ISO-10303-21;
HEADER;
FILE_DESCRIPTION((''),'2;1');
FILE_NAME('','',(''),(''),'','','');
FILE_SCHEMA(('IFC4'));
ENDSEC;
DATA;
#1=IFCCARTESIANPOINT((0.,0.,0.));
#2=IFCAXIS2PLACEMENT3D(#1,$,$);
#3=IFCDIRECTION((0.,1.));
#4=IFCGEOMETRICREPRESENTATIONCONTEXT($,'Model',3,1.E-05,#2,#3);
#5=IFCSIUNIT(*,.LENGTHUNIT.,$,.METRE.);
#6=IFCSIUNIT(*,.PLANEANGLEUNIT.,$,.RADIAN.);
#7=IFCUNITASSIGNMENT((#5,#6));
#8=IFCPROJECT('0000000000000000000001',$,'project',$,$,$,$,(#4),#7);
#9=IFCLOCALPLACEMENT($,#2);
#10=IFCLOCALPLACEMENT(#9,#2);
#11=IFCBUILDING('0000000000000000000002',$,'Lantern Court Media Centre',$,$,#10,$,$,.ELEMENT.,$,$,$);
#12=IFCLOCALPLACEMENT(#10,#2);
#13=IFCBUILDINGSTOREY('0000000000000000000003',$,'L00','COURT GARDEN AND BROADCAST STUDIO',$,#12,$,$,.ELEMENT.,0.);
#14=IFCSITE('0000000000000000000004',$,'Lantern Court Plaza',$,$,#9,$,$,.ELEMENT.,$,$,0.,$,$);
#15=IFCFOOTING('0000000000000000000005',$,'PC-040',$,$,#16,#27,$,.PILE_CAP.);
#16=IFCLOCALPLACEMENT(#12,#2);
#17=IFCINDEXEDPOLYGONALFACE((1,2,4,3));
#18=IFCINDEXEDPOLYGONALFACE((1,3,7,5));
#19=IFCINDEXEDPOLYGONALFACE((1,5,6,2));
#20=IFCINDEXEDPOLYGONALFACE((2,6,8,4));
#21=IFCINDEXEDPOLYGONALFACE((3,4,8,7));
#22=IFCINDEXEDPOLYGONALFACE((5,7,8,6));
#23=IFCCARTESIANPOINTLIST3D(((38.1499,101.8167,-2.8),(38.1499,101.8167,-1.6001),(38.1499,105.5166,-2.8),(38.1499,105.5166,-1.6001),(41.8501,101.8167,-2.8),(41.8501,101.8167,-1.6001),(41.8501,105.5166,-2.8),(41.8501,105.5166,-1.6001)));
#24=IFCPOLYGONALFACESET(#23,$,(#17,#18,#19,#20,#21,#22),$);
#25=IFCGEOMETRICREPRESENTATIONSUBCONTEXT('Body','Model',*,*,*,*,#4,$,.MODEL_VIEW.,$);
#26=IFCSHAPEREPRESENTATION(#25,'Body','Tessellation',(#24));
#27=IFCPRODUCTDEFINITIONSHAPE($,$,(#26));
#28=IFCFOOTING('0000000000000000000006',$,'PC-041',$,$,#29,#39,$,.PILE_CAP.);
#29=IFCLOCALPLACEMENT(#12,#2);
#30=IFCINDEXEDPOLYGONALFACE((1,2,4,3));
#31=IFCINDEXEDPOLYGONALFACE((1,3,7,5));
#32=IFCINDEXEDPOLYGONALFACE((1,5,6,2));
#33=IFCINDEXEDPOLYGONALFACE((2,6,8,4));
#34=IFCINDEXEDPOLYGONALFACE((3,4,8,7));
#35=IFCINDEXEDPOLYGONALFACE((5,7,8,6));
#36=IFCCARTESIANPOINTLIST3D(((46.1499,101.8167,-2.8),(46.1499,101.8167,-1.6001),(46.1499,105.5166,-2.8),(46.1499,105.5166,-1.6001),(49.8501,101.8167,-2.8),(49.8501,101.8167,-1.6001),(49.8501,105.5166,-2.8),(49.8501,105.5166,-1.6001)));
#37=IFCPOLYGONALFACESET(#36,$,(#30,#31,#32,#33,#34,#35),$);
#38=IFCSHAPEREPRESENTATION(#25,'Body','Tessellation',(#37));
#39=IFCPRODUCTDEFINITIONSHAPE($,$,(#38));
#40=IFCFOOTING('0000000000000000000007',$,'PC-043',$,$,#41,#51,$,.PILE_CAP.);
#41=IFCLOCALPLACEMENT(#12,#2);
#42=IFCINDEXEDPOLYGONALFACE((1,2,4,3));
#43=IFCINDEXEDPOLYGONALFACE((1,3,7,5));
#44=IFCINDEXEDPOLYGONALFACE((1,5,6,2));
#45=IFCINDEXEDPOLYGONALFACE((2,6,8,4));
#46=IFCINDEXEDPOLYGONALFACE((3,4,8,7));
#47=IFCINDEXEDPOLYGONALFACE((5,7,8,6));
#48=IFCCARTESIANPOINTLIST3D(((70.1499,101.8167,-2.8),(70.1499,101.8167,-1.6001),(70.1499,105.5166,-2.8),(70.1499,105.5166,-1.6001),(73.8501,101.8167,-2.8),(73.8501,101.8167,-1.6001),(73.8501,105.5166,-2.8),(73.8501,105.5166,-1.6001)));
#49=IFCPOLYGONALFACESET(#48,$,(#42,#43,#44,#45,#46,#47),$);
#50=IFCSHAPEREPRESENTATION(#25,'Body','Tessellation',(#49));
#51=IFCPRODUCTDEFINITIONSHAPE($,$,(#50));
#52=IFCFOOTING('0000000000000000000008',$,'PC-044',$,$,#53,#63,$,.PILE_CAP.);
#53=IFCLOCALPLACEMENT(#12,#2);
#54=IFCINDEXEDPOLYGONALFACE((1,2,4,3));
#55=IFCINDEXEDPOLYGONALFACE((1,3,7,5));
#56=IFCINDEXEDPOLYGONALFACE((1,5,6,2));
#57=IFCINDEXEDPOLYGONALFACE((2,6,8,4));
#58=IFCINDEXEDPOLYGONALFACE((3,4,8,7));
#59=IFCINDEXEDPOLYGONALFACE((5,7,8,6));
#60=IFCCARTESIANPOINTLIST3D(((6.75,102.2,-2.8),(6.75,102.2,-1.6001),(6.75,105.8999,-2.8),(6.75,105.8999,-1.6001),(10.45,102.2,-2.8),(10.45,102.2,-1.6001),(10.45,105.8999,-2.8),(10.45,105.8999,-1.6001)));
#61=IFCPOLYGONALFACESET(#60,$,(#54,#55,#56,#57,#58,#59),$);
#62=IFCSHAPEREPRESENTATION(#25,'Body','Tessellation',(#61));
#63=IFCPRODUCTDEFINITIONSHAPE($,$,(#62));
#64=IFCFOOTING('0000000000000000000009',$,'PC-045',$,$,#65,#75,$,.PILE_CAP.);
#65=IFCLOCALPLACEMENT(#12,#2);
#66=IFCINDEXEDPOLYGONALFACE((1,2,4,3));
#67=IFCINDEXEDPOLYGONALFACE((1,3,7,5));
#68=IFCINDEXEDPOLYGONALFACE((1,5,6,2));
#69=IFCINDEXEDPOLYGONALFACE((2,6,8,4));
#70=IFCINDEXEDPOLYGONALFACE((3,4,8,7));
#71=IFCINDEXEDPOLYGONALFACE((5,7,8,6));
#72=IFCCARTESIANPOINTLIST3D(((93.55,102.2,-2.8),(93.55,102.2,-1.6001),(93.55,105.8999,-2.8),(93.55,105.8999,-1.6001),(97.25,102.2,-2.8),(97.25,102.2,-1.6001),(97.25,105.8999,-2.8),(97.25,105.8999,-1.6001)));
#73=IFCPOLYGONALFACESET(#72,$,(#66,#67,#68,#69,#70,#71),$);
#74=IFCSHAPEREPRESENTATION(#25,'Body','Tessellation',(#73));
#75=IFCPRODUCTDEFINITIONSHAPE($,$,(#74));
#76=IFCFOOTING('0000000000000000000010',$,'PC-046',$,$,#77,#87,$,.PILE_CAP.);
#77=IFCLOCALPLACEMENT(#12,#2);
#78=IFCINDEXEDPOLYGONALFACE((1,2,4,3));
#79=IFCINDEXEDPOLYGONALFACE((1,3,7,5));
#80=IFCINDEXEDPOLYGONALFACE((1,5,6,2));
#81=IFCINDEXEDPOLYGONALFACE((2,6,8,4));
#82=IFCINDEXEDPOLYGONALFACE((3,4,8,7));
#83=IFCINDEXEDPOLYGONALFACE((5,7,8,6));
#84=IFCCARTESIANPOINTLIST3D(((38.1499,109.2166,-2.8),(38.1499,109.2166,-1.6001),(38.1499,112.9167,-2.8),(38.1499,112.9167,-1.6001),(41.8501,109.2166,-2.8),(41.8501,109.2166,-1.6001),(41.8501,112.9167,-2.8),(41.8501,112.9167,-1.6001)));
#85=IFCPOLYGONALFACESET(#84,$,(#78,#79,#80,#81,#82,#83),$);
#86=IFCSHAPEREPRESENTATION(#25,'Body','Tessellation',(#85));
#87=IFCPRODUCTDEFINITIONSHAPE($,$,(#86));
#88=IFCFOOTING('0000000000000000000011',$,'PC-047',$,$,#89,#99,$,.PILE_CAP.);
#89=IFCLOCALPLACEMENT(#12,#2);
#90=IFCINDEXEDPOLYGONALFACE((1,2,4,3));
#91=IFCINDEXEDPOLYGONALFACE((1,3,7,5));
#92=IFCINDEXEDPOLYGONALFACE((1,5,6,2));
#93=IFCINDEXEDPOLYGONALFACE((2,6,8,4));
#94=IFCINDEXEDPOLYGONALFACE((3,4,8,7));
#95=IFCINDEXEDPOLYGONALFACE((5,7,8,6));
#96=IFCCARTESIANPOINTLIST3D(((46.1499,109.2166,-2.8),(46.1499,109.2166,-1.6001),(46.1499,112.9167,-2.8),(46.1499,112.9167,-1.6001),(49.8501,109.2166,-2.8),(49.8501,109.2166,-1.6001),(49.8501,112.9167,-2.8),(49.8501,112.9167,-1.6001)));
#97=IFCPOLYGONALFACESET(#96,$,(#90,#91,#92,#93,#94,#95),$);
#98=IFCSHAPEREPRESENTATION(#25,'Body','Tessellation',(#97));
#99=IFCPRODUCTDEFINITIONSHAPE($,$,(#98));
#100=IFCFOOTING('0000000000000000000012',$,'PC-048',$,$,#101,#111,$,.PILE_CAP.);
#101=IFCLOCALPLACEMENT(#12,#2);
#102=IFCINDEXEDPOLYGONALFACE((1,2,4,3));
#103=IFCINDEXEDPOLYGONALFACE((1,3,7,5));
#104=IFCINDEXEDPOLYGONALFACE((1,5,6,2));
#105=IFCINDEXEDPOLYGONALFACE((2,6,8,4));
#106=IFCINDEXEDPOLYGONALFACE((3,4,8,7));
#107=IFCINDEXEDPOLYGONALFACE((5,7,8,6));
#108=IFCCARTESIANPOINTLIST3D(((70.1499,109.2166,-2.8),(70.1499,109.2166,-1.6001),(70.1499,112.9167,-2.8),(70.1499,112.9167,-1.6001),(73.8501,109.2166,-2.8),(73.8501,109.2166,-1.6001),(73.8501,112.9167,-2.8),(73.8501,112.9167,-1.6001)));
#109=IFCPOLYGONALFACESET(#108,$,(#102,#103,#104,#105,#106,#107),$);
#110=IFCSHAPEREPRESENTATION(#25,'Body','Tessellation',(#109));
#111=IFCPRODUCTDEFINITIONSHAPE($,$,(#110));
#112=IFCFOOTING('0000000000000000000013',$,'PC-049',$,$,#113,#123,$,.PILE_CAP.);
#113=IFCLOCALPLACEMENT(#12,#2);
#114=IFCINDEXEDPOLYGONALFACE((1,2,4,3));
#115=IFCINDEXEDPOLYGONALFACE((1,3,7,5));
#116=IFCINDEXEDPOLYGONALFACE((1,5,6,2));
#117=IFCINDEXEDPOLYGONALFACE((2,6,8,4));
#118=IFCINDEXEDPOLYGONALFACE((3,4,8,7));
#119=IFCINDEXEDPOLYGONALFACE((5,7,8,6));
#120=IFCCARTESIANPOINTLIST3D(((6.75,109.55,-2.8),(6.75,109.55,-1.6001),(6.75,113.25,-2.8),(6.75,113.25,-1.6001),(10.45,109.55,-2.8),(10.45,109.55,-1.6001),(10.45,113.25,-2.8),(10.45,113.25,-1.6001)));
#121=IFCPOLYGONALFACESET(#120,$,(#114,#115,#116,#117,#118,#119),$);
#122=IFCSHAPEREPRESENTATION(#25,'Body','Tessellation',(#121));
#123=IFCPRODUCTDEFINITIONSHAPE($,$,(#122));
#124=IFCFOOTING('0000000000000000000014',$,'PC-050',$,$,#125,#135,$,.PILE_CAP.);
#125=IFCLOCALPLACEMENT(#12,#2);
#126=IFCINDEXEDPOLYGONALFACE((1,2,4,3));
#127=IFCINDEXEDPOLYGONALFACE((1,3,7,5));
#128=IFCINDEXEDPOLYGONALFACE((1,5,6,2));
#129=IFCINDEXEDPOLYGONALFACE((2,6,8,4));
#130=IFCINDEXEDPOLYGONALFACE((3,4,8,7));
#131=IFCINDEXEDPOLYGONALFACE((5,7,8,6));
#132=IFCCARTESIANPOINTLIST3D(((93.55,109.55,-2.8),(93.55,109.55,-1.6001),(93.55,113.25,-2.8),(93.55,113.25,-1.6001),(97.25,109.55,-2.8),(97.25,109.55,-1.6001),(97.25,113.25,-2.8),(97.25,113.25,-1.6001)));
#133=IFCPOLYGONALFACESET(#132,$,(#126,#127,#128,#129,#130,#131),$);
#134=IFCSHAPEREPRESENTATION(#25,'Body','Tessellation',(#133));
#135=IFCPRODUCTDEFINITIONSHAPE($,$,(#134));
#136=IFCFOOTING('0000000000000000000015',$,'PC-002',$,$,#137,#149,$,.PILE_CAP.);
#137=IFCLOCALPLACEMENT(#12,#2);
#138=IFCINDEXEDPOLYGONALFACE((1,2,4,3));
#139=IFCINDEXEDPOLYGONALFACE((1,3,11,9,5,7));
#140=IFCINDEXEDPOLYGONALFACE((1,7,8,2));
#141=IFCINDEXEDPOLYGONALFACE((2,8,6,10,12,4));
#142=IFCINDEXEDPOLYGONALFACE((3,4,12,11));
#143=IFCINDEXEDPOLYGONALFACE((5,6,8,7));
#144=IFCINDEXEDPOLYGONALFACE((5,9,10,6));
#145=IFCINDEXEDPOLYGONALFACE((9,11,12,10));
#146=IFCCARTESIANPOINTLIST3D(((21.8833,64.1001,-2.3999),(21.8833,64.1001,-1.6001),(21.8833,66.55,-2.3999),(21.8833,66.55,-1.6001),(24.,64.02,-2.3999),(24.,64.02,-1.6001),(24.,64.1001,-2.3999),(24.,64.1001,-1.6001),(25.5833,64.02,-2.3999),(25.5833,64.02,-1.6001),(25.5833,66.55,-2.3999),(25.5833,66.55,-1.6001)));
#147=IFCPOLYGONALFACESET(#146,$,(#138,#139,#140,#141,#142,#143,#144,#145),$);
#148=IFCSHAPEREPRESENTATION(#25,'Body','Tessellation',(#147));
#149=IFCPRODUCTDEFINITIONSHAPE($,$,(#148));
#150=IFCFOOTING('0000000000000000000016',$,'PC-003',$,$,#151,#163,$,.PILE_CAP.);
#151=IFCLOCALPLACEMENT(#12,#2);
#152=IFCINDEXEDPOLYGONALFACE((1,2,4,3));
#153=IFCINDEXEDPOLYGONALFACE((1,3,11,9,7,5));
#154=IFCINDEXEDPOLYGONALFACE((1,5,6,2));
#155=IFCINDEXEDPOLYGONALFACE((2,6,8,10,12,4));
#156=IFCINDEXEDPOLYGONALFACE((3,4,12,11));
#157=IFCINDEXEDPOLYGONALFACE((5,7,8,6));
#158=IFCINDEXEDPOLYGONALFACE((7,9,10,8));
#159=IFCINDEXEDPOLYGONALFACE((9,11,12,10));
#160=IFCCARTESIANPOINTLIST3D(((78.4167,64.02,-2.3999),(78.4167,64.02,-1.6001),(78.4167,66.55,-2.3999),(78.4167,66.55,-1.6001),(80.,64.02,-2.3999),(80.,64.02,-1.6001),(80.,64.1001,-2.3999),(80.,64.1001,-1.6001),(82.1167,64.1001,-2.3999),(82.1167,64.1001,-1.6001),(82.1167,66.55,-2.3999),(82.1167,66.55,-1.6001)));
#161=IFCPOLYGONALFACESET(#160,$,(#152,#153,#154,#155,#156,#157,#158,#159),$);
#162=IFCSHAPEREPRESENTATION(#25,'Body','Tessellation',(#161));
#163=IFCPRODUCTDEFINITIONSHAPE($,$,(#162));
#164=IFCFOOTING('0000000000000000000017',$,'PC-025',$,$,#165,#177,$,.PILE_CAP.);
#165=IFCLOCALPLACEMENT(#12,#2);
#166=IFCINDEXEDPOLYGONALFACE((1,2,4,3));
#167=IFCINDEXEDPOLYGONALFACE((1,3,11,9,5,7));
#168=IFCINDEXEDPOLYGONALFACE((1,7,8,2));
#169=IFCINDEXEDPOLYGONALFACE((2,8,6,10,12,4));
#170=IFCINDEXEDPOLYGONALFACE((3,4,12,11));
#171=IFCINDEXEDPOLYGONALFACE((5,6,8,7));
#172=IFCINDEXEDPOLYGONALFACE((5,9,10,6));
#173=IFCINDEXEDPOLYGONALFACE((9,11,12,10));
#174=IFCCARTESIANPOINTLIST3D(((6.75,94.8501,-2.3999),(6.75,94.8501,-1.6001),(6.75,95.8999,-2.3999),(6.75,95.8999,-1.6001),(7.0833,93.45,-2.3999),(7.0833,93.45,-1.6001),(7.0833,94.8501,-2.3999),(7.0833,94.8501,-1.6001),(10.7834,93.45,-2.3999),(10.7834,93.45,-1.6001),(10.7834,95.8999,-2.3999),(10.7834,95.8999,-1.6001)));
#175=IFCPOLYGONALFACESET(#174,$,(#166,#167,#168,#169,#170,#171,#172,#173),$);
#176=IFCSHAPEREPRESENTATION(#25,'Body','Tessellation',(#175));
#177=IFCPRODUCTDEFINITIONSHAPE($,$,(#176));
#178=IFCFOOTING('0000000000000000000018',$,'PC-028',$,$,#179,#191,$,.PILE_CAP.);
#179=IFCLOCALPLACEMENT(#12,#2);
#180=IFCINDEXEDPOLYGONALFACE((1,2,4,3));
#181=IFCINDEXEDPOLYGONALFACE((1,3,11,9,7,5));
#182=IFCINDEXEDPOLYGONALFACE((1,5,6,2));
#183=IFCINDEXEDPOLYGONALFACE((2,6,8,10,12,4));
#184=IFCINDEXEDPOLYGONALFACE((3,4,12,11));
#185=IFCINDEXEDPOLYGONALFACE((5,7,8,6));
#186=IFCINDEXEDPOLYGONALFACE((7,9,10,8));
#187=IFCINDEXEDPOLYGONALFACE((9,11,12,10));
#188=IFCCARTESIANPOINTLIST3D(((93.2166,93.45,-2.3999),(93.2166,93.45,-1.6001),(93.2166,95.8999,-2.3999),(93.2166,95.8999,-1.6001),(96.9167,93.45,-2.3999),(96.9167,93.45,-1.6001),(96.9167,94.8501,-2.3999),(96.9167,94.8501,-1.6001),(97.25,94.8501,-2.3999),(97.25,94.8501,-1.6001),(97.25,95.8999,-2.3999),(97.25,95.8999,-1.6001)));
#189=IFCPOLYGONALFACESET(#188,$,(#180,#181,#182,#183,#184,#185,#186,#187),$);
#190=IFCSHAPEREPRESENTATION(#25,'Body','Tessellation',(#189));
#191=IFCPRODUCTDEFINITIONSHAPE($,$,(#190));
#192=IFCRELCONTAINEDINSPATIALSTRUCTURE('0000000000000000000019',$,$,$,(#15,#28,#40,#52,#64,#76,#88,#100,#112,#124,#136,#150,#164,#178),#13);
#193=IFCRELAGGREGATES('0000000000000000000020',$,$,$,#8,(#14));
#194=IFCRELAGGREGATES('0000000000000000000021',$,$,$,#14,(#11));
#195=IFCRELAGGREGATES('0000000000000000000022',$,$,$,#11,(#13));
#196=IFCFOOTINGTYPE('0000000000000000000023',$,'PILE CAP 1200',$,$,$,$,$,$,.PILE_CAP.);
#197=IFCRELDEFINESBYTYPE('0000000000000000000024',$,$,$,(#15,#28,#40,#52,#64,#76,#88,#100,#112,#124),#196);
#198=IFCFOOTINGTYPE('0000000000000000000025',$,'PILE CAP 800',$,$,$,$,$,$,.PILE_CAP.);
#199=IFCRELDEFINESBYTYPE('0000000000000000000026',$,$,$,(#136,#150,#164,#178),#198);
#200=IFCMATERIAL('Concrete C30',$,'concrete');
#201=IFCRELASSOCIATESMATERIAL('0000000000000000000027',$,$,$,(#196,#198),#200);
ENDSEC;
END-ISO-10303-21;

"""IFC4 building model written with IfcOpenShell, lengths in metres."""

from ifc_helpers import new_model, si_unit, direction, frame, origin, place, context, subcontext, project, spatial, polyline, outline, extrude, material, type_object, element, save


model = new_model("IFC4")

# Units and contexts
model_context = context("Model", 3, precision=1e-05, world=origin(), true_north=direction((0.0, 1.0)))
body_context = subcontext(model_context, "Body", "Model", "MODEL_VIEW")
ifc_project = project(units=[si_unit("LENGTHUNIT", "METRE"), si_unit("PLANEANGLEUNIT", "RADIAN")], contexts=[model_context])

# Site, building, storey
site_placement = place(None, origin())
site = spatial("IfcSite", under=ifc_project, at=site_placement, Name="Lantern Court Plaza", CompositionType="ELEMENT", RefElevation=0.0)
building_placement = place(site_placement, origin())
building = spatial("IfcBuilding", under=site, at=building_placement, Name="Lantern Court Media Centre", CompositionType="ELEMENT")
storey_placement = place(building_placement, origin())
storey = spatial("IfcBuildingStorey", under=building, at=storey_placement, Name="L00", Description="COURT GARDEN AND BROADCAST STUDIO", CompositionType="ELEMENT", Elevation=0.0)

# Footings
ifc_material = material(Name="Concrete C30", Category="concrete")
footing_type_1 = type_object("IfcFootingType", Name="PILE CAP 1200", PredefinedType="PILE_CAP", material=ifc_material)
footing_1_placement = place(storey_placement, frame((0.0, 0.0, -2.8)))
element("IfcFooting", 1, at=footing_1_placement, inside=storey, type_object=footing_type_1, Name="PC-040", PredefinedType="PILE_CAP", context=body_context, shape_type="SweptSolid", body=[
    extrude(outline(polyline([(41.8501, 101.8167), (38.1499, 101.8167), (38.1499, 105.5166), (41.8501, 105.5166), (41.8501, 101.8167)])), origin(), (0.0, 0.0, 1.0), 1.2),
])
footing_2_placement = place(storey_placement, frame((0.0, 0.0, -2.8)))
element("IfcFooting", 2, at=footing_2_placement, inside=storey, type_object=footing_type_1, Name="PC-041", PredefinedType="PILE_CAP", context=body_context, shape_type="SweptSolid", body=[
    extrude(outline(polyline([(46.1499, 101.8167), (46.1499, 105.5166), (49.8501, 105.5166), (49.8501, 101.8167), (46.1499, 101.8167)])), origin(), (0.0, 0.0, 1.0), 1.2),
])
footing_3_placement = place(storey_placement, frame((0.0, 0.0, -2.8)))
element("IfcFooting", 3, at=footing_3_placement, inside=storey, type_object=footing_type_1, Name="PC-043", PredefinedType="PILE_CAP", context=body_context, shape_type="SweptSolid", body=[
    extrude(outline(polyline([(73.8501, 101.8167), (70.1499, 101.8167), (70.1499, 105.5166), (73.8501, 105.5166), (73.8501, 101.8167)])), origin(), (0.0, 0.0, 1.0), 1.2),
])
footing_4_placement = place(storey_placement, frame((0.0, 0.0, -2.8)))
element("IfcFooting", 4, at=footing_4_placement, inside=storey, type_object=footing_type_1, Name="PC-044", PredefinedType="PILE_CAP", context=body_context, shape_type="SweptSolid", body=[
    extrude(outline(polyline([(6.75, 102.2), (6.75, 105.8999), (10.45, 105.8999), (10.45, 102.2), (6.75, 102.2)])), origin(), (0.0, 0.0, 1.0), 1.2),
])
footing_5_placement = place(storey_placement, frame((0.0, 0.0, -2.8)))
element("IfcFooting", 5, at=footing_5_placement, inside=storey, type_object=footing_type_1, Name="PC-045", PredefinedType="PILE_CAP", context=body_context, shape_type="SweptSolid", body=[
    extrude(outline(polyline([(97.25, 102.2), (93.55, 102.2), (93.55, 105.8999), (97.25, 105.8999), (97.25, 102.2)])), origin(), (0.0, 0.0, 1.0), 1.2),
])
footing_6_placement = place(storey_placement, frame((0.0, 0.0, -2.8)))
element("IfcFooting", 6, at=footing_6_placement, inside=storey, type_object=footing_type_1, Name="PC-046", PredefinedType="PILE_CAP", context=body_context, shape_type="SweptSolid", body=[
    extrude(outline(polyline([(41.8501, 109.2166), (38.1499, 109.2166), (38.1499, 112.9167), (41.8501, 112.9167), (41.8501, 109.2166)])), origin(), (0.0, 0.0, 1.0), 1.2),
])
footing_7_placement = place(storey_placement, frame((0.0, 0.0, -2.8)))
element("IfcFooting", 7, at=footing_7_placement, inside=storey, type_object=footing_type_1, Name="PC-047", PredefinedType="PILE_CAP", context=body_context, shape_type="SweptSolid", body=[
    extrude(outline(polyline([(49.8501, 109.2166), (46.1499, 109.2166), (46.1499, 112.9167), (49.8501, 112.9167), (49.8501, 109.2166)])), origin(), (0.0, 0.0, 1.0), 1.2),
])
footing_8_placement = place(storey_placement, frame((0.0, 0.0, -2.8)))
element("IfcFooting", 8, at=footing_8_placement, inside=storey, type_object=footing_type_1, Name="PC-048", PredefinedType="PILE_CAP", context=body_context, shape_type="SweptSolid", body=[
    extrude(outline(polyline([(70.1499, 109.2166), (70.1499, 112.9167), (73.8501, 112.9167), (73.8501, 109.2166), (70.1499, 109.2166)])), origin(), (0.0, 0.0, 1.0), 1.2),
])
footing_9_placement = place(storey_placement, frame((0.0, 0.0, -2.8)))
element("IfcFooting", 9, at=footing_9_placement, inside=storey, type_object=footing_type_1, Name="PC-049", PredefinedType="PILE_CAP", context=body_context, shape_type="SweptSolid", body=[
    extrude(outline(polyline([(10.45, 109.55), (6.75, 109.55), (6.75, 113.25), (10.45, 113.25), (10.45, 109.55)])), origin(), (0.0, 0.0, 1.0), 1.2),
])
footing_10_placement = place(storey_placement, frame((0.0, 0.0, -2.8)))
element("IfcFooting", 10, at=footing_10_placement, inside=storey, type_object=footing_type_1, Name="PC-050", PredefinedType="PILE_CAP", context=body_context, shape_type="SweptSolid", body=[
    extrude(outline(polyline([(93.55, 109.55), (93.55, 113.25), (97.25, 113.25), (97.25, 109.55), (93.55, 109.55)])), origin(), (0.0, 0.0, 1.0), 1.2),
])
footing_type_2 = type_object("IfcFootingType", Name="PILE CAP 800", PredefinedType="PILE_CAP", material=ifc_material)
footing_11_placement = place(storey_placement, frame((0.0, 0.0, -2.3999)))
element("IfcFooting", 11, at=footing_11_placement, inside=storey, type_object=footing_type_2, Name="PC-002", PredefinedType="PILE_CAP", context=body_context, shape_type="SweptSolid", body=[
    extrude(outline(polyline([(25.5833, 64.02), (24.0, 64.02), (24.0, 64.1001), (21.8833, 64.1001), (21.8833, 66.55), (25.5833, 66.55), (25.5833, 64.02)])), origin(), (0.0, 0.0, 1.0), 0.7998),
])
footing_12_placement = place(storey_placement, frame((0.0, 0.0, -2.3999)))
element("IfcFooting", 12, at=footing_12_placement, inside=storey, type_object=footing_type_2, Name="PC-003", PredefinedType="PILE_CAP", context=body_context, shape_type="SweptSolid", body=[
    extrude(outline(polyline([(82.1167, 64.1001), (80.0, 64.1001), (80.0, 64.02), (78.4167, 64.02), (78.4167, 66.55), (82.1167, 66.55), (82.1167, 64.1001)])), origin(), (0.0, 0.0, 1.0), 0.7998),
])
footing_13_placement = place(storey_placement, frame((0.0, 0.0, -2.3999)))
element("IfcFooting", 13, at=footing_13_placement, inside=storey, type_object=footing_type_2, Name="PC-025", PredefinedType="PILE_CAP", context=body_context, shape_type="SweptSolid", body=[
    extrude(outline(polyline([(10.7834, 93.45), (7.0833, 93.45), (7.0833, 94.8501), (6.75, 94.8501), (6.75, 95.8999), (10.7834, 95.8999), (10.7834, 93.45)])), origin(), (0.0, 0.0, 1.0), 0.7998),
])
footing_14_placement = place(storey_placement, frame((0.0, 0.0, -2.3999)))
element("IfcFooting", 14, at=footing_14_placement, inside=storey, type_object=footing_type_2, Name="PC-028", PredefinedType="PILE_CAP", context=body_context, shape_type="SweptSolid", body=[
    extrude(outline(polyline([(97.25, 94.8501), (96.9167, 94.8501), (96.9167, 93.45), (93.2166, 93.45), (93.2166, 95.8999), (97.25, 95.8999), (97.25, 94.8501)])), origin(), (0.0, 0.0, 1.0), 0.7998),
])

save(model, "model.ifc")
